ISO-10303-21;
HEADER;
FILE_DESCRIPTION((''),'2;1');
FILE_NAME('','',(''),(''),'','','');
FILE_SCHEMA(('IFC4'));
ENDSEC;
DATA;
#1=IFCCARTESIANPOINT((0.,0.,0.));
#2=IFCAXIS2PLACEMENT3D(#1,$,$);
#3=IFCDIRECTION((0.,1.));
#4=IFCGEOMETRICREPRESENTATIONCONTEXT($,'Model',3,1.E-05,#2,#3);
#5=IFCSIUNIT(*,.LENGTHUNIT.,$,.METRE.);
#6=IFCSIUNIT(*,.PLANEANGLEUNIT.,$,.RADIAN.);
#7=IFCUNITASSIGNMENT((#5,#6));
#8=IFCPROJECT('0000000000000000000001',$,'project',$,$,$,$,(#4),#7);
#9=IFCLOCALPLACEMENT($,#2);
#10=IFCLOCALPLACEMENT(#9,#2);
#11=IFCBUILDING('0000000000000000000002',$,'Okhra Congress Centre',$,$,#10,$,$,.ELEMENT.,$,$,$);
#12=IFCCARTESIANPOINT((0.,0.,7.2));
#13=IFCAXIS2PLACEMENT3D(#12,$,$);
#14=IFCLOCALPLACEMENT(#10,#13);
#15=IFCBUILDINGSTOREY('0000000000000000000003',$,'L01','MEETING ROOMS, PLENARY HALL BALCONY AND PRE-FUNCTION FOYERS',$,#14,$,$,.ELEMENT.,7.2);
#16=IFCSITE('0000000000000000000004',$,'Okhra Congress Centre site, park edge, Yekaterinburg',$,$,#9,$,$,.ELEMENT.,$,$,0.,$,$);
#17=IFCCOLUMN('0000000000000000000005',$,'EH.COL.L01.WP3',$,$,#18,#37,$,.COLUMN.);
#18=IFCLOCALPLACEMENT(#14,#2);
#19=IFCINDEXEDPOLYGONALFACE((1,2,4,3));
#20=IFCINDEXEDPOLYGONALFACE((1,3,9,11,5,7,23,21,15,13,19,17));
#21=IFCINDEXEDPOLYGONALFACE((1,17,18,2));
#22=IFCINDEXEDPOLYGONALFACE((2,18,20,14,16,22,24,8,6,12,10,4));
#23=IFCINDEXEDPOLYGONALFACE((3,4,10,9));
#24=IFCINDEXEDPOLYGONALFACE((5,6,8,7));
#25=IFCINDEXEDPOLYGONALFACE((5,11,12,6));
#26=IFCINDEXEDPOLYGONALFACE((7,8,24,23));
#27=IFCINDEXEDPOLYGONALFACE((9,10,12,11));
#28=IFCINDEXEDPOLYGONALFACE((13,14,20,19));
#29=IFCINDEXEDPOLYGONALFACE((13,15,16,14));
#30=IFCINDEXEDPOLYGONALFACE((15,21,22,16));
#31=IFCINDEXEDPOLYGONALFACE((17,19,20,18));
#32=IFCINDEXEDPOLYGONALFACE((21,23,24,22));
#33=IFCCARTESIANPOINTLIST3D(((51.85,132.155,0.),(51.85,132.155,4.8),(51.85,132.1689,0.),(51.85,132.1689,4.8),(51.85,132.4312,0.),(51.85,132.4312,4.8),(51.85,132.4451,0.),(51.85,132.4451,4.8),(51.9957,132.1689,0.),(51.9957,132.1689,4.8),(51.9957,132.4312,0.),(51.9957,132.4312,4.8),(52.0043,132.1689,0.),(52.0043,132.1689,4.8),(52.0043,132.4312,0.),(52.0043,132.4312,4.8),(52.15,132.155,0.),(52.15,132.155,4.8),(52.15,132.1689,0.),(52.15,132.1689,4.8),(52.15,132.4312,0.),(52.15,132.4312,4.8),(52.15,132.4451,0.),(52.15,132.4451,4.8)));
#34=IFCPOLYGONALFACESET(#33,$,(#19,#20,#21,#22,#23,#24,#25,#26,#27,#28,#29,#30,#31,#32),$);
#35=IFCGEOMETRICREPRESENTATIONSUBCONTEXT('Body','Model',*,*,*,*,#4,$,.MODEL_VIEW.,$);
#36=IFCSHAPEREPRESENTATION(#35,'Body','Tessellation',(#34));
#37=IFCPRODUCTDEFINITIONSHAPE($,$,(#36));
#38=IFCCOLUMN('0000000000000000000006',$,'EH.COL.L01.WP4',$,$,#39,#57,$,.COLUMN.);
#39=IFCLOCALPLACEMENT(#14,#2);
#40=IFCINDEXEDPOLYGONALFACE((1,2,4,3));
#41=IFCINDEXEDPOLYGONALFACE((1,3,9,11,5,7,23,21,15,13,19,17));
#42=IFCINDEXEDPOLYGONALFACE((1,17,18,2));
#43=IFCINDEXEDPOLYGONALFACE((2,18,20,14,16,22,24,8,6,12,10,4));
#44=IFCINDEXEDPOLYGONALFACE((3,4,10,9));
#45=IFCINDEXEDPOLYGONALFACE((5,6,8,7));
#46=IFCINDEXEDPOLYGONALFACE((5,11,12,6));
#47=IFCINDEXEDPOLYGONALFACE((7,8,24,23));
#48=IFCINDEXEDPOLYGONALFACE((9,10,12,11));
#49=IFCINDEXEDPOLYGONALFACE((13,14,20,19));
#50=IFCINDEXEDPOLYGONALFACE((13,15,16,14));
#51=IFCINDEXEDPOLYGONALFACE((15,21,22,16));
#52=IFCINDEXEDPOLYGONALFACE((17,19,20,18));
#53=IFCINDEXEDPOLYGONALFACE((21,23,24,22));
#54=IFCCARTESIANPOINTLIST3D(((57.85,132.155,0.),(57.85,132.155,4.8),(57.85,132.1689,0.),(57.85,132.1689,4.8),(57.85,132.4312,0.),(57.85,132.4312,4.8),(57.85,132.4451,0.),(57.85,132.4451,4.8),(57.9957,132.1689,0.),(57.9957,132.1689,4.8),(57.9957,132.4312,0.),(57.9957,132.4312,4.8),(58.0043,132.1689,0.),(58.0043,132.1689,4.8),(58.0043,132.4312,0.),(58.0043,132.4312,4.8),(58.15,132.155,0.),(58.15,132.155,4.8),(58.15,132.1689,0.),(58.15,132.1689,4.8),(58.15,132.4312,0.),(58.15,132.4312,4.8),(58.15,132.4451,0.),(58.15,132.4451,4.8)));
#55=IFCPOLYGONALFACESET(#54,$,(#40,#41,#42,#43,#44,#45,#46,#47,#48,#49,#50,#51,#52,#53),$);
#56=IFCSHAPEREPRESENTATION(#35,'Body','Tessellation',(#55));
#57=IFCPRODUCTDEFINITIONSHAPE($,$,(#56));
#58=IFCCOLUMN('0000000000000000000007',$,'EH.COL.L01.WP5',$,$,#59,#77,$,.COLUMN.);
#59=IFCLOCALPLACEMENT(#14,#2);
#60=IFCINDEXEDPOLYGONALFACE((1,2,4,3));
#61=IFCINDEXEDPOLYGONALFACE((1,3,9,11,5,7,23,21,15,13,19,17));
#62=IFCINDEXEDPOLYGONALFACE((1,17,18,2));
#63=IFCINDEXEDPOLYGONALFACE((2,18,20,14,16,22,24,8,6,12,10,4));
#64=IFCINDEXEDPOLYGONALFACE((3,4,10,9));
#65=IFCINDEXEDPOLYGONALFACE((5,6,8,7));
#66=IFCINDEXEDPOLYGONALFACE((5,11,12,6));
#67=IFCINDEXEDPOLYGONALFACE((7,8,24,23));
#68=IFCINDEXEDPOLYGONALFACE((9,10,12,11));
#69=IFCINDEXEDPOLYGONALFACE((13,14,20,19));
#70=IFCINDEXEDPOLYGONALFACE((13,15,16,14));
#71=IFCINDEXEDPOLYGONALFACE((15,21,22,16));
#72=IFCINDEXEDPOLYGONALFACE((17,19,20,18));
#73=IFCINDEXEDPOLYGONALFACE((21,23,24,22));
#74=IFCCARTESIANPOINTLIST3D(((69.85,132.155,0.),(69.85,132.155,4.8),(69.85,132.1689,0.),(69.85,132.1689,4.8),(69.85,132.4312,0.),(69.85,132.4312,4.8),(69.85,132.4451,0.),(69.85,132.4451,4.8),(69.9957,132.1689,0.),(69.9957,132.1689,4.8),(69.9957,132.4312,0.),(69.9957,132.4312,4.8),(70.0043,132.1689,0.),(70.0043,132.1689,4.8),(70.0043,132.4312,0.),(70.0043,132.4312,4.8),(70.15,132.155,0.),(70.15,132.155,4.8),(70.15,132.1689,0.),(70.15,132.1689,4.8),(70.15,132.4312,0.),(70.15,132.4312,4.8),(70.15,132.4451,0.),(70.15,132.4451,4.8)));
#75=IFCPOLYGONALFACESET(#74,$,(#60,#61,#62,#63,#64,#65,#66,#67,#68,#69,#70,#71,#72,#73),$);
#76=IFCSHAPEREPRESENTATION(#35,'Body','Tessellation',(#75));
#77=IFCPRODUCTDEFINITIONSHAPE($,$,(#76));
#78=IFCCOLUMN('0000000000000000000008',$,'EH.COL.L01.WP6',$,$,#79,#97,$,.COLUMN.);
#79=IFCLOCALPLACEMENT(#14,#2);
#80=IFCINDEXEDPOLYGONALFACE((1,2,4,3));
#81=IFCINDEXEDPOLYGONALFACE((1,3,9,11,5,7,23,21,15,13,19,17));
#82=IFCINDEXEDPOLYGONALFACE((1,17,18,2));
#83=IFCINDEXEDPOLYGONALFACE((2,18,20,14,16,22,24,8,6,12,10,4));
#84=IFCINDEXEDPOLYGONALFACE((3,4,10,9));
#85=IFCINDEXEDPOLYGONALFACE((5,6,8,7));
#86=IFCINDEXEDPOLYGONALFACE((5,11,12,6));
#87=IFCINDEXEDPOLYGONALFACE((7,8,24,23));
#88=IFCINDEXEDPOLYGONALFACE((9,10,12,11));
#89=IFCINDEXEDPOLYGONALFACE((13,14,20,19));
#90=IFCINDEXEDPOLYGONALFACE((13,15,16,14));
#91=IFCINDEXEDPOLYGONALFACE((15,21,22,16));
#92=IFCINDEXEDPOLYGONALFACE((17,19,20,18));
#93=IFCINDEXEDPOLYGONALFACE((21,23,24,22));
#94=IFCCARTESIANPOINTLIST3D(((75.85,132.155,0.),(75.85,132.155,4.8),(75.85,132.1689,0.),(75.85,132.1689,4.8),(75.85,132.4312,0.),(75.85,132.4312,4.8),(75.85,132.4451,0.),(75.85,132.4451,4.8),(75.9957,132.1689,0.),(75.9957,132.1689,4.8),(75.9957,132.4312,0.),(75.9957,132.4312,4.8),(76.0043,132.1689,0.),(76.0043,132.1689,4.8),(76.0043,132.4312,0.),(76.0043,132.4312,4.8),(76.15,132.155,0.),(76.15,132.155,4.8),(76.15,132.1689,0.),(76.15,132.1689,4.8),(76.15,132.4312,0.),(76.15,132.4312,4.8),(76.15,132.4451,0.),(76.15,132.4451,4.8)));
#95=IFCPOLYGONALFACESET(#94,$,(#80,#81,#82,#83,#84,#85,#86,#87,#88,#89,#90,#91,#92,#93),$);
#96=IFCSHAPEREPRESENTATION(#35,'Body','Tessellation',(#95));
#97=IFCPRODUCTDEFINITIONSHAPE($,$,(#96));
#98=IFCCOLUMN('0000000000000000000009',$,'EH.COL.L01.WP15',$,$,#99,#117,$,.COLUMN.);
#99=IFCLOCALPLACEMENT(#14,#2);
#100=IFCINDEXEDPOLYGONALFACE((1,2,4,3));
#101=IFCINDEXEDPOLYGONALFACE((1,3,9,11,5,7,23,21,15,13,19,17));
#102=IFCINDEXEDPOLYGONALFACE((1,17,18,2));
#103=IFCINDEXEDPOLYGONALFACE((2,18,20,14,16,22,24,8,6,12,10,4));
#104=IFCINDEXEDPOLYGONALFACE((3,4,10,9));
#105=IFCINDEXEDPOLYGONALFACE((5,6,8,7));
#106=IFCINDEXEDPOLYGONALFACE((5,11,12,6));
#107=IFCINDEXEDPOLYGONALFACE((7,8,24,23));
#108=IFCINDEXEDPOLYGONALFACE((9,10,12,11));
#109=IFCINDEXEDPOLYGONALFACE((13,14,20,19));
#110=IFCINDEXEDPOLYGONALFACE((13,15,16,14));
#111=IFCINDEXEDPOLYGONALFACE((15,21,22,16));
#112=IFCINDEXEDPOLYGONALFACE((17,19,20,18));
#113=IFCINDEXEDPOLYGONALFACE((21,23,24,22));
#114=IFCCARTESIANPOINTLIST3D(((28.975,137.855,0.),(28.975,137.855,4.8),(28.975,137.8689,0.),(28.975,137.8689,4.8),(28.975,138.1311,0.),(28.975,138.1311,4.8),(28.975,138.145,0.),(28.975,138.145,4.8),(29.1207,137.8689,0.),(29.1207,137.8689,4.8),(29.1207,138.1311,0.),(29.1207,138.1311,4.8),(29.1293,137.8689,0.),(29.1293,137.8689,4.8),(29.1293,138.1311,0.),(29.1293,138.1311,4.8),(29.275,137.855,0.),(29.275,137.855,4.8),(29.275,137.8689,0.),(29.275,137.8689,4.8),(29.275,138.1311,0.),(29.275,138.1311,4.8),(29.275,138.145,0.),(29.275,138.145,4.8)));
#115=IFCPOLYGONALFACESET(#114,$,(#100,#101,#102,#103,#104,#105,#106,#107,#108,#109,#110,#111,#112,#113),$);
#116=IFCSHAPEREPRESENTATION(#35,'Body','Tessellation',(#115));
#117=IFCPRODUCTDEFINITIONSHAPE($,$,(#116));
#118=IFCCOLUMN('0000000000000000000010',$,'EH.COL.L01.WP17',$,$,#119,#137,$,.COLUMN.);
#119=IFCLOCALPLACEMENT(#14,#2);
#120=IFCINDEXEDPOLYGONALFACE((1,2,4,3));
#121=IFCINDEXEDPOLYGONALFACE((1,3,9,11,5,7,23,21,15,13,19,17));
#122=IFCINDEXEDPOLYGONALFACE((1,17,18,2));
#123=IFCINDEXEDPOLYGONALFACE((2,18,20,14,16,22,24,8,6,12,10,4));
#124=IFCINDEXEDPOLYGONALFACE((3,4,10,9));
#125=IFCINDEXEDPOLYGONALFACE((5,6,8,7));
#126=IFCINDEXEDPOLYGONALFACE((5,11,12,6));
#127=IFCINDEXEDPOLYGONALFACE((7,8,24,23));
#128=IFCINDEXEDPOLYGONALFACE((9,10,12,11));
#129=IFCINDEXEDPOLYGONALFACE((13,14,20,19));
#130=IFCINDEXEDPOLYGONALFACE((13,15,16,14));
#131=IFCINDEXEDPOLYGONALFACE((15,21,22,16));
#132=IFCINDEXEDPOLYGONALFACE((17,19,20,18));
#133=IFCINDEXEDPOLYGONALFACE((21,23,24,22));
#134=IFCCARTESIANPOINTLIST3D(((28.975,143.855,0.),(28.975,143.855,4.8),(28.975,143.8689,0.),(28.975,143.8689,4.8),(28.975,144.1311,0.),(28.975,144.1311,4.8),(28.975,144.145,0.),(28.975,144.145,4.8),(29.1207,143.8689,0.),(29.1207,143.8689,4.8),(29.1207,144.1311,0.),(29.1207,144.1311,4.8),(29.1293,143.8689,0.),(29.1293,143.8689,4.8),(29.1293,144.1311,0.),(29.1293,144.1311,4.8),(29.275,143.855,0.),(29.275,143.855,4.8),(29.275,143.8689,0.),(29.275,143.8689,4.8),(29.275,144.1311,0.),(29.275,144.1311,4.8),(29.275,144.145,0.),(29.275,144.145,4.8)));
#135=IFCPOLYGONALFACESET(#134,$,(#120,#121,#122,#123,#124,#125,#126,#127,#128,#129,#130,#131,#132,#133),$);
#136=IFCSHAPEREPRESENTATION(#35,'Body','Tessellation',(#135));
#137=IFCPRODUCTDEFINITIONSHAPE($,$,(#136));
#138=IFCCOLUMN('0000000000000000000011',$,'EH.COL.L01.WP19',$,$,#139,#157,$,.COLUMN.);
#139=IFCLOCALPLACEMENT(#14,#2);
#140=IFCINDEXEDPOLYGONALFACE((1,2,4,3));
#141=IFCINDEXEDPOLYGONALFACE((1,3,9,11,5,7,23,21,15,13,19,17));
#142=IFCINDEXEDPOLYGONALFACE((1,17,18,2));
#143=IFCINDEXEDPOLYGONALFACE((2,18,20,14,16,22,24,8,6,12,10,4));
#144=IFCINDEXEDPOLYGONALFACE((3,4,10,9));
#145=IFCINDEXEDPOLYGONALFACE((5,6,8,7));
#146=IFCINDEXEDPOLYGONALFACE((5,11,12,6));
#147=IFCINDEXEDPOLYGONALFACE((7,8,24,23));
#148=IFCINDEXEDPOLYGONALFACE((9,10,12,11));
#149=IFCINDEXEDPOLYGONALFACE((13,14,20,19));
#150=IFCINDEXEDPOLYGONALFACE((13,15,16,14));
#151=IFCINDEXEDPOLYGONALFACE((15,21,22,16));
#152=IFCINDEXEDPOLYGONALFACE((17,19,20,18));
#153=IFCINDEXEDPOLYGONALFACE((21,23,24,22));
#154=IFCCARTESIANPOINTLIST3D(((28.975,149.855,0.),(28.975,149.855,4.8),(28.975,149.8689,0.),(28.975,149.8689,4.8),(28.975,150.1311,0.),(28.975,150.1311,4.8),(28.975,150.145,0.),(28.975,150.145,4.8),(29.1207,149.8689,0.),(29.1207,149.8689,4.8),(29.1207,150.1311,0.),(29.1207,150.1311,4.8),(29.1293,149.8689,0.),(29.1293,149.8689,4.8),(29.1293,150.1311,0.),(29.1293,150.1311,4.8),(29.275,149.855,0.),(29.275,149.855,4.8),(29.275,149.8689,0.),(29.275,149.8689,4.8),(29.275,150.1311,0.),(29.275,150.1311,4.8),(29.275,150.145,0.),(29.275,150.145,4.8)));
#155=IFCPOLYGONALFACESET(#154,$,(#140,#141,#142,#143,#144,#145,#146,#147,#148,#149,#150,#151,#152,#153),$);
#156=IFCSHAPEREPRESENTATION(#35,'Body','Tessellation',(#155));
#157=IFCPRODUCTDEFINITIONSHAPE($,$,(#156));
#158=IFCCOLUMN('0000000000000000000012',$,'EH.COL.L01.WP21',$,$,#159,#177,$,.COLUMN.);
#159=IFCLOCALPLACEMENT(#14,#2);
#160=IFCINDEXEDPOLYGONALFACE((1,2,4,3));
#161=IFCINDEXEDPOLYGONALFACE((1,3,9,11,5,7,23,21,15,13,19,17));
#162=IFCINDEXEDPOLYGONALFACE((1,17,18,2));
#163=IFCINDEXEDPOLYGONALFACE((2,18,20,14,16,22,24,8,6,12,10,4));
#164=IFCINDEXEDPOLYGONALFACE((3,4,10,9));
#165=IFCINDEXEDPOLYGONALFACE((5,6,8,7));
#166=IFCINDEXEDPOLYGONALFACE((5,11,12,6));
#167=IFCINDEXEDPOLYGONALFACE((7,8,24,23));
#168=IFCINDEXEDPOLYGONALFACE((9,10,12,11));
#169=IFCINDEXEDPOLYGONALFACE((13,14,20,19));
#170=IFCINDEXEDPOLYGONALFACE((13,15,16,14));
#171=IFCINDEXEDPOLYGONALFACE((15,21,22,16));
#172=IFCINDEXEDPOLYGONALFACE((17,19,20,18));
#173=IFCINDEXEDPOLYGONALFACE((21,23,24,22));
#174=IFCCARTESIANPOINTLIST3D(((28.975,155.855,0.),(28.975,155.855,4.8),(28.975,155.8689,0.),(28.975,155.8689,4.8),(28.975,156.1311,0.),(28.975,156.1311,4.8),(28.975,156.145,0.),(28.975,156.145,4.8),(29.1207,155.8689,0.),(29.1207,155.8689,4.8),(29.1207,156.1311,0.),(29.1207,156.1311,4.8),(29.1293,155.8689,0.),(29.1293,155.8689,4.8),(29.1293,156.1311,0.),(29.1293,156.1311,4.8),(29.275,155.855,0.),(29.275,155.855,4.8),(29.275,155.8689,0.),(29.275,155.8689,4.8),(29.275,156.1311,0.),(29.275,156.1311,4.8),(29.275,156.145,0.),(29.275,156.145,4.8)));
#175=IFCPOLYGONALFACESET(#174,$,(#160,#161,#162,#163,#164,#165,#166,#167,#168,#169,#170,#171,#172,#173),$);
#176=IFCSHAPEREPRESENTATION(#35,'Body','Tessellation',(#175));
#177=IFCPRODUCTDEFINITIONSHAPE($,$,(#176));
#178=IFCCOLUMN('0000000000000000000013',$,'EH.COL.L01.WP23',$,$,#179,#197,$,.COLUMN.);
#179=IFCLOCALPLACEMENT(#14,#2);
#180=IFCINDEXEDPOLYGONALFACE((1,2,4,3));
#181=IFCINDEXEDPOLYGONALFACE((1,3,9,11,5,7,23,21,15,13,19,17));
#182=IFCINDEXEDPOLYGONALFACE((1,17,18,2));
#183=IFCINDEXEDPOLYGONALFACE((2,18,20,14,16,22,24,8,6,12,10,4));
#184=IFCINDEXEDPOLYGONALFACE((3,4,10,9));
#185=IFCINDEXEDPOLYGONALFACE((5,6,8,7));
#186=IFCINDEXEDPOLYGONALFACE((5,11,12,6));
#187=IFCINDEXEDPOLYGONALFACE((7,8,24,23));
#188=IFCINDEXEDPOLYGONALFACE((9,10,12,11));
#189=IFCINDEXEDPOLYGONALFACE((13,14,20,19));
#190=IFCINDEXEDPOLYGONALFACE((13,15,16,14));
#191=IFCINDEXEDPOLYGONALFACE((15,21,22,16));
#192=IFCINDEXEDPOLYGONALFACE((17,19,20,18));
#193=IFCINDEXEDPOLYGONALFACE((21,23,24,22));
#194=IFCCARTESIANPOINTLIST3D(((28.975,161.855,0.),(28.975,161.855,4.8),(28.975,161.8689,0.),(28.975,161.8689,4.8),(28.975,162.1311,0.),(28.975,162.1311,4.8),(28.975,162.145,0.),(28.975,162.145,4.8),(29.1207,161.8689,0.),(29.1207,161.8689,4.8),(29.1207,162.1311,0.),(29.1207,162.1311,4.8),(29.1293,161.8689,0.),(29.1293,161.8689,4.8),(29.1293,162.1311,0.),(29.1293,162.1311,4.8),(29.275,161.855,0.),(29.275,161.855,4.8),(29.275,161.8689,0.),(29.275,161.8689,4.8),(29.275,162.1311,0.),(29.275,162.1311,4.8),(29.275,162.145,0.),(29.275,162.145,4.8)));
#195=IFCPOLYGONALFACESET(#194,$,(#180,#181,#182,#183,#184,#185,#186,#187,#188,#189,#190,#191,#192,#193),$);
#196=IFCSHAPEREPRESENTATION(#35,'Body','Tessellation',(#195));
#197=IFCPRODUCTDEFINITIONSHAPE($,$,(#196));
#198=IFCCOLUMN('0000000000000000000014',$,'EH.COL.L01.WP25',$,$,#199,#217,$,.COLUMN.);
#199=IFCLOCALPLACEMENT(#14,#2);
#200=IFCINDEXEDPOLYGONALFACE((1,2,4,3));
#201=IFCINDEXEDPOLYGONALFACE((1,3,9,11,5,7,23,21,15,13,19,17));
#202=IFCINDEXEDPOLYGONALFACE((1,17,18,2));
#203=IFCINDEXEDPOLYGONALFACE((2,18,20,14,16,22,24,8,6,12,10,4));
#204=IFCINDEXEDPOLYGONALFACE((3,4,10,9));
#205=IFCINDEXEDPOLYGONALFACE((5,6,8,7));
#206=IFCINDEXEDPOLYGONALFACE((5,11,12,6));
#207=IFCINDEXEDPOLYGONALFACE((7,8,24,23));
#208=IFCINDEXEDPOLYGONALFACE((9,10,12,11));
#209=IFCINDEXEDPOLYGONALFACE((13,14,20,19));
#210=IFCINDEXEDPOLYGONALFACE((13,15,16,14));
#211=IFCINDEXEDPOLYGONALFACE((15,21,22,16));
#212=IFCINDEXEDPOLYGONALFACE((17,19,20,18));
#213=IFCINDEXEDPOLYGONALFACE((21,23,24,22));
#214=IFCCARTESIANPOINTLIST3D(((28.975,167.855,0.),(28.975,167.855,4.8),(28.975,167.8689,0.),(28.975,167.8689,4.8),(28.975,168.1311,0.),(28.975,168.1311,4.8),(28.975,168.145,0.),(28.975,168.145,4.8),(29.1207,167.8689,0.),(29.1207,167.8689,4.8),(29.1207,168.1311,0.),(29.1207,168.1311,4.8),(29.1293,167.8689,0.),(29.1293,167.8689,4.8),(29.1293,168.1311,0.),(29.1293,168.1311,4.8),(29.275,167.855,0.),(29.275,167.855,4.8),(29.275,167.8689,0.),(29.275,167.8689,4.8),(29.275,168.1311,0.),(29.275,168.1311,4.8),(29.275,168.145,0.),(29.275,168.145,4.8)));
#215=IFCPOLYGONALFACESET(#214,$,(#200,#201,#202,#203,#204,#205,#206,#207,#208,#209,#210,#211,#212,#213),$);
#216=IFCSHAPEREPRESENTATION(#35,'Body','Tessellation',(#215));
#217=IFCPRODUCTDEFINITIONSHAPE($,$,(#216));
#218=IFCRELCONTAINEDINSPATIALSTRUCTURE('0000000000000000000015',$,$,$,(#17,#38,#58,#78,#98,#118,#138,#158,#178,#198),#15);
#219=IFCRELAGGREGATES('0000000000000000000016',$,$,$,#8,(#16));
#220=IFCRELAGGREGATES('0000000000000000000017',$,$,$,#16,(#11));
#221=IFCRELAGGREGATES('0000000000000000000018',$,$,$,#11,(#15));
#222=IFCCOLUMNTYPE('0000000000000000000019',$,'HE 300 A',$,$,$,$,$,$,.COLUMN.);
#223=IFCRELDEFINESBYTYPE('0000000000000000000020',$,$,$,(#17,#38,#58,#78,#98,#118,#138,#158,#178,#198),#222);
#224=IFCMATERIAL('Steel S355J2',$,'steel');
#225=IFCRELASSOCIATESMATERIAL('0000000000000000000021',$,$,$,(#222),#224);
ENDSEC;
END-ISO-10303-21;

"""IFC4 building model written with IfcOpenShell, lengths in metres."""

from ifc_helpers import new_model, si_unit, direction, frame, origin, origin_2d, place, context, subcontext, project, spatial, i_section, extrude, material, material_profile, profile_set, type_object, element, save


model = new_model("IFC4")

# Units and contexts
model_context = context("Model", 3, precision=1e-05, world=origin(), true_north=direction((0.0, 1.0)))
body_context = subcontext(model_context, "Body", "Model", "MODEL_VIEW")
ifc_project = project(units=[si_unit("LENGTHUNIT", "METRE"), si_unit("PLANEANGLEUNIT", "RADIAN")], contexts=[model_context])

# Site, building, storey
site_placement = place(None, origin())
site = spatial("IfcSite", under=ifc_project, at=site_placement, Name="Okhra Congress Centre site, park edge, Yekaterinburg", CompositionType="ELEMENT", RefElevation=0.0)
building_placement = place(site_placement, origin())
building = spatial("IfcBuilding", under=site, at=building_placement, Name="Okhra Congress Centre", CompositionType="ELEMENT")
storey_placement = place(building_placement, frame((0.0, 0.0, 7.2)))
storey = spatial("IfcBuildingStorey", under=building, at=storey_placement, Name="L01", Description="MEETING ROOMS, PLENARY HALL BALCONY AND PRE-FUNCTION FOYERS", CompositionType="ELEMENT", Elevation=7.2)

# Columns
ifc_material_1 = material(Name="Steel S355J2", Category="steel")
ifc_material_profile_1 = material_profile(ifc_material_1, i_section(OverallWidth=0.3, OverallDepth=0.29, WebThickness=0.0085, FlangeThickness=0.0139, at=origin_2d()), Name="HE 300 A")
ifc_profile_set_1 = profile_set([ifc_material_profile_1], Name="Steel S355J2")
column_type_1 = type_object("IfcColumnType", Name="HE 300 A", PredefinedType="COLUMN", material=ifc_profile_set_1)
for number, where, z_axis, x_axis, name in (
    (1, (52.0, 132.3, 0.0), (0.0, 0.0, 1.0), (1.0, 0.0, 0.0), "EH.COL.L01.WP3"),
    (2, (58.0, 132.3, 0.0), (0.0, 0.0, 1.0), (1.0, 0.0, 0.0), "EH.COL.L01.WP4"),
    (3, (70.0, 132.3, 0.0), (0.0, 0.0, 1.0), (1.0, 0.0, 0.0), "EH.COL.L01.WP5"),
    (4, (76.0, 132.3, 0.0), (0.0, 0.0, 1.0), (1.0, 0.0, 0.0), "EH.COL.L01.WP6"),
    (5, (29.125, 138.0, 0.0), (0.0, 0.0, 1.0), (1.0, 0.0, 0.0), "EH.COL.L01.WP15"),
    (6, (29.125, 144.0, 0.0), (0.0, 0.0, 1.0), (1.0, 0.0, 0.0), "EH.COL.L01.WP17"),
    (7, (29.125, 150.0, 0.0), (0.0, 0.0, 1.0), (1.0, 0.0, 0.0), "EH.COL.L01.WP19"),
    (8, (29.125, 156.0, 0.0), (0.0, 0.0, 1.0), (1.0, 0.0, 0.0), "EH.COL.L01.WP21"),
    (9, (29.125, 162.0, 0.0), (0.0, 0.0, 1.0), (1.0, 0.0, 0.0), "EH.COL.L01.WP23"),
    (10, (29.125, 168.0, 0.0), (0.0, 0.0, 1.0), (1.0, 0.0, 0.0), "EH.COL.L01.WP25"),
):
    element("IfcColumn", number, at=place(storey_placement, frame(where, z_axis=z_axis, x_axis=x_axis)), inside=storey, type_object=column_type_1, Name=name, PredefinedType="COLUMN", context=body_context, shape_type="SweptSolid", body=[
        extrude(i_section(OverallWidth=0.3, OverallDepth=0.29, WebThickness=0.0085, FlangeThickness=0.0139, at=origin_2d()), origin(), (0.0, 0.0, 1.0), 4.8),
    ])

save(model, "model.ifc")
